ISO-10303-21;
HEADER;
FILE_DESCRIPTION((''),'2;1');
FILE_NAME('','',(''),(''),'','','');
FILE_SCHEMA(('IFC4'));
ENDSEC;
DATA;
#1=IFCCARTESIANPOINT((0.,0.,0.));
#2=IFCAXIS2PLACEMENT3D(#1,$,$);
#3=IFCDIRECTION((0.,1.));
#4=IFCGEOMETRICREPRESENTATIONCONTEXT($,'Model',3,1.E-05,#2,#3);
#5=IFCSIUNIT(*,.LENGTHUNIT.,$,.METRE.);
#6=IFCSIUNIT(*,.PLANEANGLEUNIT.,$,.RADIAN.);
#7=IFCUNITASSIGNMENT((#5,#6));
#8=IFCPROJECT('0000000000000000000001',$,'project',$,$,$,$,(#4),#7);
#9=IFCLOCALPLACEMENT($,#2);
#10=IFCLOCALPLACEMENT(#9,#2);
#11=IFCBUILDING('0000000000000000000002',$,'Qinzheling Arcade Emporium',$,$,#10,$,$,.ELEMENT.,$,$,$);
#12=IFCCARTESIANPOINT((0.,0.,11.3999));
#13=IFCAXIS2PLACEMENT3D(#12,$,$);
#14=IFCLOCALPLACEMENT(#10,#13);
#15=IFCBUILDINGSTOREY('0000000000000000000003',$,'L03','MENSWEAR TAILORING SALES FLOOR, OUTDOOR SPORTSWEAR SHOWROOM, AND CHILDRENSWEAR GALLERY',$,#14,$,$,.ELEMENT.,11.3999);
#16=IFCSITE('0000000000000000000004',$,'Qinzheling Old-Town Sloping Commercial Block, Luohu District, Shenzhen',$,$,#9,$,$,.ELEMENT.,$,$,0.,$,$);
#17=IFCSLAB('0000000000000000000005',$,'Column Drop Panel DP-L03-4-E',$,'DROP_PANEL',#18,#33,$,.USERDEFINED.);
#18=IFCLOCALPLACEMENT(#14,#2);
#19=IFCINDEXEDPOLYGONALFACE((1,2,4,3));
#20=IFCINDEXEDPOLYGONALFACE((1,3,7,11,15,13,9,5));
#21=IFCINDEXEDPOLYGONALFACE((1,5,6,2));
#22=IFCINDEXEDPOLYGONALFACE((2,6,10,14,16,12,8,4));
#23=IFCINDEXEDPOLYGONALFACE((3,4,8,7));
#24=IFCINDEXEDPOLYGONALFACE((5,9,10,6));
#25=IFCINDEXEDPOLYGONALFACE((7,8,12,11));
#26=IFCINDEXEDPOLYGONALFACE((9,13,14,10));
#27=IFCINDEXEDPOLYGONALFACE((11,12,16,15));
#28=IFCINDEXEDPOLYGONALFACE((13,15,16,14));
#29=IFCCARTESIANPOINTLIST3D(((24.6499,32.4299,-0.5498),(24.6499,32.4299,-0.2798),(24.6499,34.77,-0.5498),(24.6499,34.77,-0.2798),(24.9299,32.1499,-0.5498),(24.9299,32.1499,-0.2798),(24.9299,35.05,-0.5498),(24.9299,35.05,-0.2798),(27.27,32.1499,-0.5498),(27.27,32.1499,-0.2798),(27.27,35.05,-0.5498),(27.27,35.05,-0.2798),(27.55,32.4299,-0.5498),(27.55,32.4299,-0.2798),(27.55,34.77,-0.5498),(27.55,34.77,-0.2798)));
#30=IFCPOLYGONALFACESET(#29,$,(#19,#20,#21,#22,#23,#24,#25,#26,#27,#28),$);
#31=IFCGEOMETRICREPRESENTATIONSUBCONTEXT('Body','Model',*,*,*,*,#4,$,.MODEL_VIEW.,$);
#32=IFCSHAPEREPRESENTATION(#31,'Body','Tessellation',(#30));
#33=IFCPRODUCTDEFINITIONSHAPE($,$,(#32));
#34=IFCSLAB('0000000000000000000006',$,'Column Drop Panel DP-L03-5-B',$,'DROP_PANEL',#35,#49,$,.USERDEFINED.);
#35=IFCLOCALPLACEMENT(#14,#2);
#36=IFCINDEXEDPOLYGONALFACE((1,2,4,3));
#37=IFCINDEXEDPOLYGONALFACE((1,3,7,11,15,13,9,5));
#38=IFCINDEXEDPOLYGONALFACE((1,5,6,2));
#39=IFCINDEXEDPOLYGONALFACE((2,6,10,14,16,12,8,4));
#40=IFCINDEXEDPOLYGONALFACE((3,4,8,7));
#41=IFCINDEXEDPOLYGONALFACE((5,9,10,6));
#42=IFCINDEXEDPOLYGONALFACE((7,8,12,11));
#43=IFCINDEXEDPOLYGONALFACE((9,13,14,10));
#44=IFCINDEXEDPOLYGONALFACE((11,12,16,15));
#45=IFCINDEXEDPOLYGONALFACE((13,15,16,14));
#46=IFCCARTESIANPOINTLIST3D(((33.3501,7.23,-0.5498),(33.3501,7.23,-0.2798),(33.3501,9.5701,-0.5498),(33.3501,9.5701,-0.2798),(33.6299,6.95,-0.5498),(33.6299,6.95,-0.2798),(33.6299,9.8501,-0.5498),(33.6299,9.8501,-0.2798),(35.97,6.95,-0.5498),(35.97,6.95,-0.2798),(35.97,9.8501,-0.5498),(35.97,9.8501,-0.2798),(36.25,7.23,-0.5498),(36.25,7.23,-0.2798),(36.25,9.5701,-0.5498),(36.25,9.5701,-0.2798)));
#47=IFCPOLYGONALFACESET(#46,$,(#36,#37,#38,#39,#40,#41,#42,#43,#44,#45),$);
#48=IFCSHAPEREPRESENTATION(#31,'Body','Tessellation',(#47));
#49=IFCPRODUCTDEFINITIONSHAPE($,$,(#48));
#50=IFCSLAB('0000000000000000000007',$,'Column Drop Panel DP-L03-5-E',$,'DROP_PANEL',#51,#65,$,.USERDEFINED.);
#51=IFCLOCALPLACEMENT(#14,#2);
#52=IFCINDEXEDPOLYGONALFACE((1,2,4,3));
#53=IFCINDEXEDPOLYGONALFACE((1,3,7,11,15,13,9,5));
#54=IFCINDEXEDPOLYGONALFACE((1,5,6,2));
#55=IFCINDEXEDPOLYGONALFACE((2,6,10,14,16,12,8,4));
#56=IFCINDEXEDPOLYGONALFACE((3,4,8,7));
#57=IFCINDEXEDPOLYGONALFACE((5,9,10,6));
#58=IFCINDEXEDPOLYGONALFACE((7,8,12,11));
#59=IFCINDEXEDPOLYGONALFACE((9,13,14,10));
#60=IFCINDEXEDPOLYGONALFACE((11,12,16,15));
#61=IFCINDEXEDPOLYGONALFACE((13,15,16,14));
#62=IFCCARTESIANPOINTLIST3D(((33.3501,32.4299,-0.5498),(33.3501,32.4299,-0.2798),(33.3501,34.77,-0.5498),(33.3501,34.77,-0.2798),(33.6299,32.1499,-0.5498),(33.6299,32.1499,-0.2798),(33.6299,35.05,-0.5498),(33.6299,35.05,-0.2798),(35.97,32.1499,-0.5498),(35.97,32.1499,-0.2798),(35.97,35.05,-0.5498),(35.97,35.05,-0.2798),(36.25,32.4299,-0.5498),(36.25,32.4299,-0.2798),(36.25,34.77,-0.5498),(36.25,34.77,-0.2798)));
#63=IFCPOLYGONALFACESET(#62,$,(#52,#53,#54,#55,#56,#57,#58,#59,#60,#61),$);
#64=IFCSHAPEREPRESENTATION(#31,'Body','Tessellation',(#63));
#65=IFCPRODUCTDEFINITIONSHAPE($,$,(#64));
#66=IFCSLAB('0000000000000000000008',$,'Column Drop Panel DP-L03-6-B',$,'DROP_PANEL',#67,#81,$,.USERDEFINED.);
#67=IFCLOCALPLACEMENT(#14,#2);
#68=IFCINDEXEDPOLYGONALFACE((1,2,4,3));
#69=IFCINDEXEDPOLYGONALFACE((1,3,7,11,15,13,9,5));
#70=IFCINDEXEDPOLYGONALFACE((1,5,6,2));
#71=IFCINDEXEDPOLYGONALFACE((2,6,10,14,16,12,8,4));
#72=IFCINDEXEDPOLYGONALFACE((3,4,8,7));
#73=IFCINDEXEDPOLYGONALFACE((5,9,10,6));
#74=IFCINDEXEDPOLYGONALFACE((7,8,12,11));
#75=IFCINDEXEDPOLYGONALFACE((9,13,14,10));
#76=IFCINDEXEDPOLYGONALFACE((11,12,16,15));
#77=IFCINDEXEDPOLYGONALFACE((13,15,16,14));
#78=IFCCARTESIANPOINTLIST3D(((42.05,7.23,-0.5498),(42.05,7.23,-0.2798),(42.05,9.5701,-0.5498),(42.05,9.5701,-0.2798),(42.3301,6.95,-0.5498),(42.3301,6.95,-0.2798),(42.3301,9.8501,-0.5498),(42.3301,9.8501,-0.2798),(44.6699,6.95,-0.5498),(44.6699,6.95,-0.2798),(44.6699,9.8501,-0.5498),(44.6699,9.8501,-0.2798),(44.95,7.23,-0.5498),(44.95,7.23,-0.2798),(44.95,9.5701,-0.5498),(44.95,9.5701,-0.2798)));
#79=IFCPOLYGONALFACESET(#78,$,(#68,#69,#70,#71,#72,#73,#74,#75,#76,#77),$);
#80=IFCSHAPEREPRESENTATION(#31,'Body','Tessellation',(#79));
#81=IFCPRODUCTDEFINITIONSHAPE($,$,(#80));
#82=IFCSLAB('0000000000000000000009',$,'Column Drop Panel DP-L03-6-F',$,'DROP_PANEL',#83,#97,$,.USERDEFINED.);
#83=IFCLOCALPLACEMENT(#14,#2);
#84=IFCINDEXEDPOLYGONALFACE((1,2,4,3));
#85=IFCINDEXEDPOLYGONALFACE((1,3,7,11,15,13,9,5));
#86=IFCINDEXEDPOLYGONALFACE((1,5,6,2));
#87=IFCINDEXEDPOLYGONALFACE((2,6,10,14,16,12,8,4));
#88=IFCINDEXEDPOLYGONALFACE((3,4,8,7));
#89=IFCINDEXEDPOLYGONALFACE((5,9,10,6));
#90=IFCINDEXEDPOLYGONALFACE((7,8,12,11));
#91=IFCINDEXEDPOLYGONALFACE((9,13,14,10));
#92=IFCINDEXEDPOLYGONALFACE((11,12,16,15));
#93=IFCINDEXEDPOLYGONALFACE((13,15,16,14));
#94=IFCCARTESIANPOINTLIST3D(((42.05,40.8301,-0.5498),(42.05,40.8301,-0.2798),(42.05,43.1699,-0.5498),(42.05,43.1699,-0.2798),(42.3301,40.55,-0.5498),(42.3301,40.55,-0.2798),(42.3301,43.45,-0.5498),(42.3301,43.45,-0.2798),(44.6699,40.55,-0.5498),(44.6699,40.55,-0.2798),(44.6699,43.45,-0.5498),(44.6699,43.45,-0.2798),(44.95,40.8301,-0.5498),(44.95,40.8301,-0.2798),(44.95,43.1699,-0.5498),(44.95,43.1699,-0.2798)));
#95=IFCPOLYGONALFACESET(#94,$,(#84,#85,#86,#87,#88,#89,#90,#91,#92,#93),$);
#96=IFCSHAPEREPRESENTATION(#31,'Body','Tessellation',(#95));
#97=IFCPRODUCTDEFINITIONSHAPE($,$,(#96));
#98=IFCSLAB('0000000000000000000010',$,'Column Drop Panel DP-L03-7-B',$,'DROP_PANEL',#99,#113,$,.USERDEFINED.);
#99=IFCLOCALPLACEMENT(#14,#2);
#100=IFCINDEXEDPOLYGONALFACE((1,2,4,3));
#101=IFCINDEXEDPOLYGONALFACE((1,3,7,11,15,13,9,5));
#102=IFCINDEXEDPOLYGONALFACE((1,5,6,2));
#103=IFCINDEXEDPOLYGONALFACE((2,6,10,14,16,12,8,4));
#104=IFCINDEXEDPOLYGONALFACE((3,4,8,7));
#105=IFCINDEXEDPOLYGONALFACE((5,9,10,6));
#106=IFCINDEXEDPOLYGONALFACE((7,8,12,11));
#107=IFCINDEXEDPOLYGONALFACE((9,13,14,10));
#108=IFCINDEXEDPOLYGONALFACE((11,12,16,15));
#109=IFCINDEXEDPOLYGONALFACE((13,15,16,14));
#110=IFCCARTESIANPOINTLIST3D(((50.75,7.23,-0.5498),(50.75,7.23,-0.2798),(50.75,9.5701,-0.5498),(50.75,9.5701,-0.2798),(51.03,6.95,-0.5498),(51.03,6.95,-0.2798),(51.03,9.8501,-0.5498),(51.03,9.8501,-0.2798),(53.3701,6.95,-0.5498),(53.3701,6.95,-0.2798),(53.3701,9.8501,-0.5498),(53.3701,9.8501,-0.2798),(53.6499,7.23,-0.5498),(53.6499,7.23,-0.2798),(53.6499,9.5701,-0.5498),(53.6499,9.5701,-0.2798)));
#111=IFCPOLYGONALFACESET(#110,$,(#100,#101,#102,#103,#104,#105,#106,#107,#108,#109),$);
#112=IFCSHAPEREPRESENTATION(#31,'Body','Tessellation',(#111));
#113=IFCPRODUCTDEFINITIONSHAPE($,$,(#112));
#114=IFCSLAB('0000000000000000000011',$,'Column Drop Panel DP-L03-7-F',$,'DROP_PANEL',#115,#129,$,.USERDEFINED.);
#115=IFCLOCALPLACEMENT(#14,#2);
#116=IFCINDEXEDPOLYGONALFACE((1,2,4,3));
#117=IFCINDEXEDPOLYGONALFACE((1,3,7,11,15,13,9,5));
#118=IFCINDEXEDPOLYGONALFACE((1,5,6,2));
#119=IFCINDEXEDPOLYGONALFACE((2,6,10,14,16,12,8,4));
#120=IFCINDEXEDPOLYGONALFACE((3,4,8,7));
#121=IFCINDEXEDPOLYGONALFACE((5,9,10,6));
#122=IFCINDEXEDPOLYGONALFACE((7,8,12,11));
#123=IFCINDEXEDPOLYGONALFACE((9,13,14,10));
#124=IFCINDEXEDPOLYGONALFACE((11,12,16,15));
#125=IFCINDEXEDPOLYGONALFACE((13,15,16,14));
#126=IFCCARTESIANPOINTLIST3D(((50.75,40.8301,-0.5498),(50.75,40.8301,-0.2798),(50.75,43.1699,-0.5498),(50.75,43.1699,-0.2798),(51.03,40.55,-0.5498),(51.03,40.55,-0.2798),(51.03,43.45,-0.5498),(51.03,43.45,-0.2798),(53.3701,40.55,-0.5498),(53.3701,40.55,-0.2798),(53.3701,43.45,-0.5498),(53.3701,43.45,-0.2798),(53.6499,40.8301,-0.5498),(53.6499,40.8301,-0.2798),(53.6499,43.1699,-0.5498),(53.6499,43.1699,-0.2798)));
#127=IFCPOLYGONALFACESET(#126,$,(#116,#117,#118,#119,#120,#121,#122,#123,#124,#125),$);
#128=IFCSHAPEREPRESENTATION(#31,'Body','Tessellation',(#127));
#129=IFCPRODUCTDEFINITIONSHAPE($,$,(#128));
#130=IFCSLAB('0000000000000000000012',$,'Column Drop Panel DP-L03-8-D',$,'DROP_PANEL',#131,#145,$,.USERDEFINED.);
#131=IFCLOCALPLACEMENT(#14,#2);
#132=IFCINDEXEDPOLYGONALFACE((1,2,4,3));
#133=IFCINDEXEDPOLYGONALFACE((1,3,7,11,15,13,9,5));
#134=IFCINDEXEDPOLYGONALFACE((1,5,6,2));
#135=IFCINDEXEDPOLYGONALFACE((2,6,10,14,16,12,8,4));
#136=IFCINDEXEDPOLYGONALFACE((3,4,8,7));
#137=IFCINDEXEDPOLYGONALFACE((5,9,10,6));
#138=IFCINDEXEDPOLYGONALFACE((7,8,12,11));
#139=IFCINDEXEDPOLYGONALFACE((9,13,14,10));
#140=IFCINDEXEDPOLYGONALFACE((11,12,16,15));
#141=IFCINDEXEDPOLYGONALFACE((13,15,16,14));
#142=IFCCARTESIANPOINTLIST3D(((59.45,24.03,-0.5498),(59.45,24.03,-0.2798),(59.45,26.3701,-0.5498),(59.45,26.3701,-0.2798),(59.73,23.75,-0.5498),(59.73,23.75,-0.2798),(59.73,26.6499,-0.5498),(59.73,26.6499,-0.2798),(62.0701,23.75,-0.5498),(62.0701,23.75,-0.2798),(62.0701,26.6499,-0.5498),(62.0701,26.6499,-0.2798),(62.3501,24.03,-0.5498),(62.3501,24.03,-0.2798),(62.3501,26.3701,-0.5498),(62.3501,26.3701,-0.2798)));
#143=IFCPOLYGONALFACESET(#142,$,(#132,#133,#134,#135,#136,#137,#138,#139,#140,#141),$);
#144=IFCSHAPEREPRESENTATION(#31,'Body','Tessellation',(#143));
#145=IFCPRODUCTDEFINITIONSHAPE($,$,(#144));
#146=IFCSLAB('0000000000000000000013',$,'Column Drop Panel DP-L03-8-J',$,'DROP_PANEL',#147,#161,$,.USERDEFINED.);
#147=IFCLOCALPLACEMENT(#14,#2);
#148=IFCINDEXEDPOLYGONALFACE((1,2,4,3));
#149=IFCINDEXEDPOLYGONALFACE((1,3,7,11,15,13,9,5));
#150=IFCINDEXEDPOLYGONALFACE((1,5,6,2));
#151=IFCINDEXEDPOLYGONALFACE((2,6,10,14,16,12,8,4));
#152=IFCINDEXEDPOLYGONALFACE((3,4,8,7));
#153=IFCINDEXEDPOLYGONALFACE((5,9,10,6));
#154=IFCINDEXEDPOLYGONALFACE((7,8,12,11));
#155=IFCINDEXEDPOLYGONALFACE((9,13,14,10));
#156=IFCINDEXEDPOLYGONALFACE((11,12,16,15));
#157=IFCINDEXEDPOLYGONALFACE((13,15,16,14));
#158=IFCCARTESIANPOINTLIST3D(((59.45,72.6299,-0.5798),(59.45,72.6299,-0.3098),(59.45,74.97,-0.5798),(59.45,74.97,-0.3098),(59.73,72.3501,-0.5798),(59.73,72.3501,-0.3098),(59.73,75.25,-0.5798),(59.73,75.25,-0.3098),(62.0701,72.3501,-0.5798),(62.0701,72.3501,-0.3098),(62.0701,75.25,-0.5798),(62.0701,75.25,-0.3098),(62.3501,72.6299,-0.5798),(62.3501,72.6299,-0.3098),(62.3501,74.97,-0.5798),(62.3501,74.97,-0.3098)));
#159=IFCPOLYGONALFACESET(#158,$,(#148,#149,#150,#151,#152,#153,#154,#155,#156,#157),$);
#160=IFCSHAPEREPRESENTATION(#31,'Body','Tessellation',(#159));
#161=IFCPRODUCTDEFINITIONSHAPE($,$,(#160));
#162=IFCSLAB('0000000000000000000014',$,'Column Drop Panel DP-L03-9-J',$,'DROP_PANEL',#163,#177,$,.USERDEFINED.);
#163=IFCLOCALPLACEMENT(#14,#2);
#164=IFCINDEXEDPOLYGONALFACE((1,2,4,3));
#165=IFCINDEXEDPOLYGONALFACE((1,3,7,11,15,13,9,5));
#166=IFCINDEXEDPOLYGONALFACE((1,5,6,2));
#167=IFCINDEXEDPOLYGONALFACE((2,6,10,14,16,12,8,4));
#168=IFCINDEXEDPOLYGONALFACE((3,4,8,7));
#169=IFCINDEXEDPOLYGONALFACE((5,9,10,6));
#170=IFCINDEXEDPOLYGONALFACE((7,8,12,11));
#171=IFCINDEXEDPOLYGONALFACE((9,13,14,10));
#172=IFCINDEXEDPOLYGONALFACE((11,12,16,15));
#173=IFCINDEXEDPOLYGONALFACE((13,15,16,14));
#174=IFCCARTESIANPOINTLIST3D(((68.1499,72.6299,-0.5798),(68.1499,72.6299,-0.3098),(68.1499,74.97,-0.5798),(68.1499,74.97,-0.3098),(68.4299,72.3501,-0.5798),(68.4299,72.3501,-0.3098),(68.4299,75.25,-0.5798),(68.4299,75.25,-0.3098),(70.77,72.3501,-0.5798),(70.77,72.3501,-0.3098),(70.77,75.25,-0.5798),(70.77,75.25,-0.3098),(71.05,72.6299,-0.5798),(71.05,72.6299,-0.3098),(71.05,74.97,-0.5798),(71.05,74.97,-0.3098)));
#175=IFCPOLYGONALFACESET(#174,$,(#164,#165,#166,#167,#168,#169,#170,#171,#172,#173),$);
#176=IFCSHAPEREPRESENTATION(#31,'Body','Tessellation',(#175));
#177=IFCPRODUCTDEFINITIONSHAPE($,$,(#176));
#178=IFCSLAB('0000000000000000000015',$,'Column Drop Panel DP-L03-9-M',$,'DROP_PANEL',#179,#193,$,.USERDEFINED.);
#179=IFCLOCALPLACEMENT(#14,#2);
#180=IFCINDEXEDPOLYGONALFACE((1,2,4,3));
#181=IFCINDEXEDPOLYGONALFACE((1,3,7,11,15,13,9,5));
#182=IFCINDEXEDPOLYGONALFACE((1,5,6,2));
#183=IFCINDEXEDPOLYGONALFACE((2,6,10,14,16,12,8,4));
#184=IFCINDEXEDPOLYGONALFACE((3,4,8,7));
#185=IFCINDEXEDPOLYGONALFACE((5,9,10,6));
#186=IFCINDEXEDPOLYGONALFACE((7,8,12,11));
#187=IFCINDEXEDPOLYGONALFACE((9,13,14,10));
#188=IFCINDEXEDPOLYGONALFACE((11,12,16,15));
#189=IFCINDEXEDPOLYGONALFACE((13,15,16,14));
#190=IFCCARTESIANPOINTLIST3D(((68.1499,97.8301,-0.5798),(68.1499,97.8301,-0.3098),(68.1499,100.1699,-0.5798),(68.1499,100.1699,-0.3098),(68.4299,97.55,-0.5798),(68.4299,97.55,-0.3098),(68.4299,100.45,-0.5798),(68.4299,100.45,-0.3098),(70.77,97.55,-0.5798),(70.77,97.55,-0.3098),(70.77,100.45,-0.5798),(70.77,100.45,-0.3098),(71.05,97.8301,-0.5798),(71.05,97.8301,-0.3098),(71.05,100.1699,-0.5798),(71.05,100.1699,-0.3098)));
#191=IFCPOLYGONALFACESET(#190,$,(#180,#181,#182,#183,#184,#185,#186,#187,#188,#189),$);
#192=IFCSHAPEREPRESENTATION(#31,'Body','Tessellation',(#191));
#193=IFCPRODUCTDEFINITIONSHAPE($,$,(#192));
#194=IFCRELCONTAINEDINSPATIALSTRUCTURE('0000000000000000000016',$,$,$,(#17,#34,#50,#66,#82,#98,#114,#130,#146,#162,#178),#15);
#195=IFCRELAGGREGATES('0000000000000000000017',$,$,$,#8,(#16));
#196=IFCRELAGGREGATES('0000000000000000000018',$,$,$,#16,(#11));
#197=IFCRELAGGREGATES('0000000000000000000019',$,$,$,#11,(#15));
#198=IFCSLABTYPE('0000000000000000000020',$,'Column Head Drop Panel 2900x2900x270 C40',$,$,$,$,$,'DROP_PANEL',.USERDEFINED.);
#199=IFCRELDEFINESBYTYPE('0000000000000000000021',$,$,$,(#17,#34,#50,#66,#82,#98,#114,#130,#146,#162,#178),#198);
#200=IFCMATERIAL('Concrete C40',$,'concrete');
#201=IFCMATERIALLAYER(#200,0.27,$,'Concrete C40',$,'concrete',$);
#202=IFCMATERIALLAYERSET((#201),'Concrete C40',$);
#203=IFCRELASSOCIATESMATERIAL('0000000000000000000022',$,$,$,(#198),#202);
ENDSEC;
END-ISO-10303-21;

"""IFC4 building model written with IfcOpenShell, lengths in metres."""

from ifc_helpers import new_model, si_unit, direction, frame, origin, place, context, subcontext, project, spatial, polyline, outline, extrude, material, layer, layer_set, type_object, element, save


model = new_model("IFC4")

# Units and contexts
model_context = context("Model", 3, precision=1e-05, world=origin(), true_north=direction((0.0, 1.0)))
body_context = subcontext(model_context, "Body", "Model", "MODEL_VIEW")
ifc_project = project(units=[si_unit("LENGTHUNIT", "METRE"), si_unit("PLANEANGLEUNIT", "RADIAN")], contexts=[model_context])

# Site, building, storey
site_placement = place(None, origin())
site = spatial("IfcSite", under=ifc_project, at=site_placement, Name="Qinzheling Old-Town Sloping Commercial Block, Luohu District, Shenzhen", CompositionType="ELEMENT", RefElevation=0.0)
building_placement = place(site_placement, origin())
building = spatial("IfcBuilding", under=site, at=building_placement, Name="Qinzheling Arcade Emporium", CompositionType="ELEMENT")
storey_placement = place(building_placement, frame((0.0, 0.0, 11.3999)))
storey = spatial("IfcBuildingStorey", under=building, at=storey_placement, Name="L03", Description="MENSWEAR TAILORING SALES FLOOR, OUTDOOR SPORTSWEAR SHOWROOM, AND CHILDRENSWEAR GALLERY", CompositionType="ELEMENT", Elevation=11.3999)

# Slabs
ifc_material = material(Name="Concrete C40", Category="concrete")
ifc_layer_1 = layer(ifc_material, 0.27, Name="Concrete C40", Category="concrete")
ifc_layer_set_1 = layer_set([ifc_layer_1], Name="Concrete C40")
slab_type_1 = type_object("IfcSlabType", Name="Column Head Drop Panel 2900x2900x270 C40", ElementType="DROP_PANEL", PredefinedType="USERDEFINED", material=ifc_layer_set_1)
slab_1_placement = place(storey_placement, frame((0.0, 0.0, -0.5498)))
element("IfcSlab", 1, at=slab_1_placement, inside=storey, type_object=slab_type_1, Name="Column Drop Panel DP-L03-4-E", ObjectType="DROP_PANEL", PredefinedType="USERDEFINED", context=body_context, shape_type="SweptSolid", body=[
    extrude(outline(polyline([(24.9299, 32.1499), (27.27, 32.1499), (27.55, 32.4299), (27.55, 34.77), (27.27, 35.05), (24.9299, 35.05), (24.6499, 34.77), (24.6499, 32.4299), (24.9299, 32.1499)])), origin(), (0.0, 0.0, 1.0), 0.27),
])
slab_2_placement = place(storey_placement, frame((0.0, 0.0, -0.5498)))
element("IfcSlab", 2, at=slab_2_placement, inside=storey, type_object=slab_type_1, Name="Column Drop Panel DP-L03-5-B", ObjectType="DROP_PANEL", PredefinedType="USERDEFINED", context=body_context, shape_type="SweptSolid", body=[
    extrude(outline(polyline([(33.6299, 6.95), (35.97, 6.95), (36.25, 7.23), (36.25, 9.5701), (35.97, 9.8501), (33.6299, 9.8501), (33.3501, 9.5701), (33.3501, 7.23), (33.6299, 6.95)])), origin(), (0.0, 0.0, 1.0), 0.27),
])
slab_3_placement = place(storey_placement, frame((0.0, 0.0, -0.5498)))
element("IfcSlab", 3, at=slab_3_placement, inside=storey, type_object=slab_type_1, Name="Column Drop Panel DP-L03-5-E", ObjectType="DROP_PANEL", PredefinedType="USERDEFINED", context=body_context, shape_type="SweptSolid", body=[
    extrude(outline(polyline([(33.6299, 32.1499), (35.97, 32.1499), (36.25, 32.4299), (36.25, 34.77), (35.97, 35.05), (33.6299, 35.05), (33.3501, 34.77), (33.3501, 32.4299), (33.6299, 32.1499)])), origin(), (0.0, 0.0, 1.0), 0.27),
])
slab_4_placement = place(storey_placement, frame((0.0, 0.0, -0.5498)))
element("IfcSlab", 4, at=slab_4_placement, inside=storey, type_object=slab_type_1, Name="Column Drop Panel DP-L03-6-B", ObjectType="DROP_PANEL", PredefinedType="USERDEFINED", context=body_context, shape_type="SweptSolid", body=[
    extrude(outline(polyline([(42.3301, 6.95), (44.6699, 6.95), (44.95, 7.23), (44.95, 9.5701), (44.6699, 9.8501), (42.3301, 9.8501), (42.05, 9.5701), (42.05, 7.23), (42.3301, 6.95)])), origin(), (0.0, 0.0, 1.0), 0.27),
])
slab_5_placement = place(storey_placement, frame((0.0, 0.0, -0.5498)))
element("IfcSlab", 5, at=slab_5_placement, inside=storey, type_object=slab_type_1, Name="Column Drop Panel DP-L03-6-F", ObjectType="DROP_PANEL", PredefinedType="USERDEFINED", context=body_context, shape_type="SweptSolid", body=[
    extrude(outline(polyline([(42.3301, 40.55), (44.6699, 40.55), (44.95, 40.8301), (44.95, 43.1699), (44.6699, 43.45), (42.3301, 43.45), (42.05, 43.1699), (42.05, 40.8301), (42.3301, 40.55)])), origin(), (0.0, 0.0, 1.0), 0.27),
])
slab_6_placement = place(storey_placement, frame((0.0, 0.0, -0.5498)))
element("IfcSlab", 6, at=slab_6_placement, inside=storey, type_object=slab_type_1, Name="Column Drop Panel DP-L03-7-B", ObjectType="DROP_PANEL", PredefinedType="USERDEFINED", context=body_context, shape_type="SweptSolid", body=[
    extrude(outline(polyline([(51.03, 6.95), (53.3701, 6.95), (53.6499, 7.23), (53.6499, 9.5701), (53.3701, 9.8501), (51.03, 9.8501), (50.75, 9.5701), (50.75, 7.23), (51.03, 6.95)])), origin(), (0.0, 0.0, 1.0), 0.27),
])
slab_7_placement = place(storey_placement, frame((0.0, 0.0, -0.5498)))
element("IfcSlab", 7, at=slab_7_placement, inside=storey, type_object=slab_type_1, Name="Column Drop Panel DP-L03-7-F", ObjectType="DROP_PANEL", PredefinedType="USERDEFINED", context=body_context, shape_type="SweptSolid", body=[
    extrude(outline(polyline([(51.03, 40.55), (53.3701, 40.55), (53.6499, 40.8301), (53.6499, 43.1699), (53.3701, 43.45), (51.03, 43.45), (50.75, 43.1699), (50.75, 40.8301), (51.03, 40.55)])), origin(), (0.0, 0.0, 1.0), 0.27),
])
slab_8_placement = place(storey_placement, frame((0.0, 0.0, -0.5498)))
element("IfcSlab", 8, at=slab_8_placement, inside=storey, type_object=slab_type_1, Name="Column Drop Panel DP-L03-8-D", ObjectType="DROP_PANEL", PredefinedType="USERDEFINED", context=body_context, shape_type="SweptSolid", body=[
    extrude(outline(polyline([(59.73, 23.75), (62.0701, 23.75), (62.3501, 24.03), (62.3501, 26.3701), (62.0701, 26.6499), (59.73, 26.6499), (59.45, 26.3701), (59.45, 24.03), (59.73, 23.75)])), origin(), (0.0, 0.0, 1.0), 0.27),
])
slab_9_placement = place(storey_placement, frame((0.0, 0.0, -0.5798)))
element("IfcSlab", 9, at=slab_9_placement, inside=storey, type_object=slab_type_1, Name="Column Drop Panel DP-L03-8-J", ObjectType="DROP_PANEL", PredefinedType="USERDEFINED", context=body_context, shape_type="SweptSolid", body=[
    extrude(outline(polyline([(59.73, 72.3501), (62.0701, 72.3501), (62.3501, 72.6299), (62.3501, 74.97), (62.0701, 75.25), (59.73, 75.25), (59.45, 74.97), (59.45, 72.6299), (59.73, 72.3501)])), origin(), (0.0, 0.0, 1.0), 0.27),
])
slab_10_placement = place(storey_placement, frame((0.0, 0.0, -0.5798)))
element("IfcSlab", 10, at=slab_10_placement, inside=storey, type_object=slab_type_1, Name="Column Drop Panel DP-L03-9-J", ObjectType="DROP_PANEL", PredefinedType="USERDEFINED", context=body_context, shape_type="SweptSolid", body=[
    extrude(outline(polyline([(68.4299, 72.3501), (70.77, 72.3501), (71.05, 72.6299), (71.05, 74.97), (70.77, 75.25), (68.4299, 75.25), (68.1499, 74.97), (68.1499, 72.6299), (68.4299, 72.3501)])), origin(), (0.0, 0.0, 1.0), 0.27),
])
slab_11_placement = place(storey_placement, frame((0.0, 0.0, -0.5798)))
element("IfcSlab", 11, at=slab_11_placement, inside=storey, type_object=slab_type_1, Name="Column Drop Panel DP-L03-9-M", ObjectType="DROP_PANEL", PredefinedType="USERDEFINED", context=body_context, shape_type="SweptSolid", body=[
    extrude(outline(polyline([(68.4299, 97.55), (70.77, 97.55), (71.05, 97.8301), (71.05, 100.1699), (70.77, 100.45), (68.4299, 100.45), (68.1499, 100.1699), (68.1499, 97.8301), (68.4299, 97.55)])), origin(), (0.0, 0.0, 1.0), 0.27),
])

save(model, "model.ifc")
